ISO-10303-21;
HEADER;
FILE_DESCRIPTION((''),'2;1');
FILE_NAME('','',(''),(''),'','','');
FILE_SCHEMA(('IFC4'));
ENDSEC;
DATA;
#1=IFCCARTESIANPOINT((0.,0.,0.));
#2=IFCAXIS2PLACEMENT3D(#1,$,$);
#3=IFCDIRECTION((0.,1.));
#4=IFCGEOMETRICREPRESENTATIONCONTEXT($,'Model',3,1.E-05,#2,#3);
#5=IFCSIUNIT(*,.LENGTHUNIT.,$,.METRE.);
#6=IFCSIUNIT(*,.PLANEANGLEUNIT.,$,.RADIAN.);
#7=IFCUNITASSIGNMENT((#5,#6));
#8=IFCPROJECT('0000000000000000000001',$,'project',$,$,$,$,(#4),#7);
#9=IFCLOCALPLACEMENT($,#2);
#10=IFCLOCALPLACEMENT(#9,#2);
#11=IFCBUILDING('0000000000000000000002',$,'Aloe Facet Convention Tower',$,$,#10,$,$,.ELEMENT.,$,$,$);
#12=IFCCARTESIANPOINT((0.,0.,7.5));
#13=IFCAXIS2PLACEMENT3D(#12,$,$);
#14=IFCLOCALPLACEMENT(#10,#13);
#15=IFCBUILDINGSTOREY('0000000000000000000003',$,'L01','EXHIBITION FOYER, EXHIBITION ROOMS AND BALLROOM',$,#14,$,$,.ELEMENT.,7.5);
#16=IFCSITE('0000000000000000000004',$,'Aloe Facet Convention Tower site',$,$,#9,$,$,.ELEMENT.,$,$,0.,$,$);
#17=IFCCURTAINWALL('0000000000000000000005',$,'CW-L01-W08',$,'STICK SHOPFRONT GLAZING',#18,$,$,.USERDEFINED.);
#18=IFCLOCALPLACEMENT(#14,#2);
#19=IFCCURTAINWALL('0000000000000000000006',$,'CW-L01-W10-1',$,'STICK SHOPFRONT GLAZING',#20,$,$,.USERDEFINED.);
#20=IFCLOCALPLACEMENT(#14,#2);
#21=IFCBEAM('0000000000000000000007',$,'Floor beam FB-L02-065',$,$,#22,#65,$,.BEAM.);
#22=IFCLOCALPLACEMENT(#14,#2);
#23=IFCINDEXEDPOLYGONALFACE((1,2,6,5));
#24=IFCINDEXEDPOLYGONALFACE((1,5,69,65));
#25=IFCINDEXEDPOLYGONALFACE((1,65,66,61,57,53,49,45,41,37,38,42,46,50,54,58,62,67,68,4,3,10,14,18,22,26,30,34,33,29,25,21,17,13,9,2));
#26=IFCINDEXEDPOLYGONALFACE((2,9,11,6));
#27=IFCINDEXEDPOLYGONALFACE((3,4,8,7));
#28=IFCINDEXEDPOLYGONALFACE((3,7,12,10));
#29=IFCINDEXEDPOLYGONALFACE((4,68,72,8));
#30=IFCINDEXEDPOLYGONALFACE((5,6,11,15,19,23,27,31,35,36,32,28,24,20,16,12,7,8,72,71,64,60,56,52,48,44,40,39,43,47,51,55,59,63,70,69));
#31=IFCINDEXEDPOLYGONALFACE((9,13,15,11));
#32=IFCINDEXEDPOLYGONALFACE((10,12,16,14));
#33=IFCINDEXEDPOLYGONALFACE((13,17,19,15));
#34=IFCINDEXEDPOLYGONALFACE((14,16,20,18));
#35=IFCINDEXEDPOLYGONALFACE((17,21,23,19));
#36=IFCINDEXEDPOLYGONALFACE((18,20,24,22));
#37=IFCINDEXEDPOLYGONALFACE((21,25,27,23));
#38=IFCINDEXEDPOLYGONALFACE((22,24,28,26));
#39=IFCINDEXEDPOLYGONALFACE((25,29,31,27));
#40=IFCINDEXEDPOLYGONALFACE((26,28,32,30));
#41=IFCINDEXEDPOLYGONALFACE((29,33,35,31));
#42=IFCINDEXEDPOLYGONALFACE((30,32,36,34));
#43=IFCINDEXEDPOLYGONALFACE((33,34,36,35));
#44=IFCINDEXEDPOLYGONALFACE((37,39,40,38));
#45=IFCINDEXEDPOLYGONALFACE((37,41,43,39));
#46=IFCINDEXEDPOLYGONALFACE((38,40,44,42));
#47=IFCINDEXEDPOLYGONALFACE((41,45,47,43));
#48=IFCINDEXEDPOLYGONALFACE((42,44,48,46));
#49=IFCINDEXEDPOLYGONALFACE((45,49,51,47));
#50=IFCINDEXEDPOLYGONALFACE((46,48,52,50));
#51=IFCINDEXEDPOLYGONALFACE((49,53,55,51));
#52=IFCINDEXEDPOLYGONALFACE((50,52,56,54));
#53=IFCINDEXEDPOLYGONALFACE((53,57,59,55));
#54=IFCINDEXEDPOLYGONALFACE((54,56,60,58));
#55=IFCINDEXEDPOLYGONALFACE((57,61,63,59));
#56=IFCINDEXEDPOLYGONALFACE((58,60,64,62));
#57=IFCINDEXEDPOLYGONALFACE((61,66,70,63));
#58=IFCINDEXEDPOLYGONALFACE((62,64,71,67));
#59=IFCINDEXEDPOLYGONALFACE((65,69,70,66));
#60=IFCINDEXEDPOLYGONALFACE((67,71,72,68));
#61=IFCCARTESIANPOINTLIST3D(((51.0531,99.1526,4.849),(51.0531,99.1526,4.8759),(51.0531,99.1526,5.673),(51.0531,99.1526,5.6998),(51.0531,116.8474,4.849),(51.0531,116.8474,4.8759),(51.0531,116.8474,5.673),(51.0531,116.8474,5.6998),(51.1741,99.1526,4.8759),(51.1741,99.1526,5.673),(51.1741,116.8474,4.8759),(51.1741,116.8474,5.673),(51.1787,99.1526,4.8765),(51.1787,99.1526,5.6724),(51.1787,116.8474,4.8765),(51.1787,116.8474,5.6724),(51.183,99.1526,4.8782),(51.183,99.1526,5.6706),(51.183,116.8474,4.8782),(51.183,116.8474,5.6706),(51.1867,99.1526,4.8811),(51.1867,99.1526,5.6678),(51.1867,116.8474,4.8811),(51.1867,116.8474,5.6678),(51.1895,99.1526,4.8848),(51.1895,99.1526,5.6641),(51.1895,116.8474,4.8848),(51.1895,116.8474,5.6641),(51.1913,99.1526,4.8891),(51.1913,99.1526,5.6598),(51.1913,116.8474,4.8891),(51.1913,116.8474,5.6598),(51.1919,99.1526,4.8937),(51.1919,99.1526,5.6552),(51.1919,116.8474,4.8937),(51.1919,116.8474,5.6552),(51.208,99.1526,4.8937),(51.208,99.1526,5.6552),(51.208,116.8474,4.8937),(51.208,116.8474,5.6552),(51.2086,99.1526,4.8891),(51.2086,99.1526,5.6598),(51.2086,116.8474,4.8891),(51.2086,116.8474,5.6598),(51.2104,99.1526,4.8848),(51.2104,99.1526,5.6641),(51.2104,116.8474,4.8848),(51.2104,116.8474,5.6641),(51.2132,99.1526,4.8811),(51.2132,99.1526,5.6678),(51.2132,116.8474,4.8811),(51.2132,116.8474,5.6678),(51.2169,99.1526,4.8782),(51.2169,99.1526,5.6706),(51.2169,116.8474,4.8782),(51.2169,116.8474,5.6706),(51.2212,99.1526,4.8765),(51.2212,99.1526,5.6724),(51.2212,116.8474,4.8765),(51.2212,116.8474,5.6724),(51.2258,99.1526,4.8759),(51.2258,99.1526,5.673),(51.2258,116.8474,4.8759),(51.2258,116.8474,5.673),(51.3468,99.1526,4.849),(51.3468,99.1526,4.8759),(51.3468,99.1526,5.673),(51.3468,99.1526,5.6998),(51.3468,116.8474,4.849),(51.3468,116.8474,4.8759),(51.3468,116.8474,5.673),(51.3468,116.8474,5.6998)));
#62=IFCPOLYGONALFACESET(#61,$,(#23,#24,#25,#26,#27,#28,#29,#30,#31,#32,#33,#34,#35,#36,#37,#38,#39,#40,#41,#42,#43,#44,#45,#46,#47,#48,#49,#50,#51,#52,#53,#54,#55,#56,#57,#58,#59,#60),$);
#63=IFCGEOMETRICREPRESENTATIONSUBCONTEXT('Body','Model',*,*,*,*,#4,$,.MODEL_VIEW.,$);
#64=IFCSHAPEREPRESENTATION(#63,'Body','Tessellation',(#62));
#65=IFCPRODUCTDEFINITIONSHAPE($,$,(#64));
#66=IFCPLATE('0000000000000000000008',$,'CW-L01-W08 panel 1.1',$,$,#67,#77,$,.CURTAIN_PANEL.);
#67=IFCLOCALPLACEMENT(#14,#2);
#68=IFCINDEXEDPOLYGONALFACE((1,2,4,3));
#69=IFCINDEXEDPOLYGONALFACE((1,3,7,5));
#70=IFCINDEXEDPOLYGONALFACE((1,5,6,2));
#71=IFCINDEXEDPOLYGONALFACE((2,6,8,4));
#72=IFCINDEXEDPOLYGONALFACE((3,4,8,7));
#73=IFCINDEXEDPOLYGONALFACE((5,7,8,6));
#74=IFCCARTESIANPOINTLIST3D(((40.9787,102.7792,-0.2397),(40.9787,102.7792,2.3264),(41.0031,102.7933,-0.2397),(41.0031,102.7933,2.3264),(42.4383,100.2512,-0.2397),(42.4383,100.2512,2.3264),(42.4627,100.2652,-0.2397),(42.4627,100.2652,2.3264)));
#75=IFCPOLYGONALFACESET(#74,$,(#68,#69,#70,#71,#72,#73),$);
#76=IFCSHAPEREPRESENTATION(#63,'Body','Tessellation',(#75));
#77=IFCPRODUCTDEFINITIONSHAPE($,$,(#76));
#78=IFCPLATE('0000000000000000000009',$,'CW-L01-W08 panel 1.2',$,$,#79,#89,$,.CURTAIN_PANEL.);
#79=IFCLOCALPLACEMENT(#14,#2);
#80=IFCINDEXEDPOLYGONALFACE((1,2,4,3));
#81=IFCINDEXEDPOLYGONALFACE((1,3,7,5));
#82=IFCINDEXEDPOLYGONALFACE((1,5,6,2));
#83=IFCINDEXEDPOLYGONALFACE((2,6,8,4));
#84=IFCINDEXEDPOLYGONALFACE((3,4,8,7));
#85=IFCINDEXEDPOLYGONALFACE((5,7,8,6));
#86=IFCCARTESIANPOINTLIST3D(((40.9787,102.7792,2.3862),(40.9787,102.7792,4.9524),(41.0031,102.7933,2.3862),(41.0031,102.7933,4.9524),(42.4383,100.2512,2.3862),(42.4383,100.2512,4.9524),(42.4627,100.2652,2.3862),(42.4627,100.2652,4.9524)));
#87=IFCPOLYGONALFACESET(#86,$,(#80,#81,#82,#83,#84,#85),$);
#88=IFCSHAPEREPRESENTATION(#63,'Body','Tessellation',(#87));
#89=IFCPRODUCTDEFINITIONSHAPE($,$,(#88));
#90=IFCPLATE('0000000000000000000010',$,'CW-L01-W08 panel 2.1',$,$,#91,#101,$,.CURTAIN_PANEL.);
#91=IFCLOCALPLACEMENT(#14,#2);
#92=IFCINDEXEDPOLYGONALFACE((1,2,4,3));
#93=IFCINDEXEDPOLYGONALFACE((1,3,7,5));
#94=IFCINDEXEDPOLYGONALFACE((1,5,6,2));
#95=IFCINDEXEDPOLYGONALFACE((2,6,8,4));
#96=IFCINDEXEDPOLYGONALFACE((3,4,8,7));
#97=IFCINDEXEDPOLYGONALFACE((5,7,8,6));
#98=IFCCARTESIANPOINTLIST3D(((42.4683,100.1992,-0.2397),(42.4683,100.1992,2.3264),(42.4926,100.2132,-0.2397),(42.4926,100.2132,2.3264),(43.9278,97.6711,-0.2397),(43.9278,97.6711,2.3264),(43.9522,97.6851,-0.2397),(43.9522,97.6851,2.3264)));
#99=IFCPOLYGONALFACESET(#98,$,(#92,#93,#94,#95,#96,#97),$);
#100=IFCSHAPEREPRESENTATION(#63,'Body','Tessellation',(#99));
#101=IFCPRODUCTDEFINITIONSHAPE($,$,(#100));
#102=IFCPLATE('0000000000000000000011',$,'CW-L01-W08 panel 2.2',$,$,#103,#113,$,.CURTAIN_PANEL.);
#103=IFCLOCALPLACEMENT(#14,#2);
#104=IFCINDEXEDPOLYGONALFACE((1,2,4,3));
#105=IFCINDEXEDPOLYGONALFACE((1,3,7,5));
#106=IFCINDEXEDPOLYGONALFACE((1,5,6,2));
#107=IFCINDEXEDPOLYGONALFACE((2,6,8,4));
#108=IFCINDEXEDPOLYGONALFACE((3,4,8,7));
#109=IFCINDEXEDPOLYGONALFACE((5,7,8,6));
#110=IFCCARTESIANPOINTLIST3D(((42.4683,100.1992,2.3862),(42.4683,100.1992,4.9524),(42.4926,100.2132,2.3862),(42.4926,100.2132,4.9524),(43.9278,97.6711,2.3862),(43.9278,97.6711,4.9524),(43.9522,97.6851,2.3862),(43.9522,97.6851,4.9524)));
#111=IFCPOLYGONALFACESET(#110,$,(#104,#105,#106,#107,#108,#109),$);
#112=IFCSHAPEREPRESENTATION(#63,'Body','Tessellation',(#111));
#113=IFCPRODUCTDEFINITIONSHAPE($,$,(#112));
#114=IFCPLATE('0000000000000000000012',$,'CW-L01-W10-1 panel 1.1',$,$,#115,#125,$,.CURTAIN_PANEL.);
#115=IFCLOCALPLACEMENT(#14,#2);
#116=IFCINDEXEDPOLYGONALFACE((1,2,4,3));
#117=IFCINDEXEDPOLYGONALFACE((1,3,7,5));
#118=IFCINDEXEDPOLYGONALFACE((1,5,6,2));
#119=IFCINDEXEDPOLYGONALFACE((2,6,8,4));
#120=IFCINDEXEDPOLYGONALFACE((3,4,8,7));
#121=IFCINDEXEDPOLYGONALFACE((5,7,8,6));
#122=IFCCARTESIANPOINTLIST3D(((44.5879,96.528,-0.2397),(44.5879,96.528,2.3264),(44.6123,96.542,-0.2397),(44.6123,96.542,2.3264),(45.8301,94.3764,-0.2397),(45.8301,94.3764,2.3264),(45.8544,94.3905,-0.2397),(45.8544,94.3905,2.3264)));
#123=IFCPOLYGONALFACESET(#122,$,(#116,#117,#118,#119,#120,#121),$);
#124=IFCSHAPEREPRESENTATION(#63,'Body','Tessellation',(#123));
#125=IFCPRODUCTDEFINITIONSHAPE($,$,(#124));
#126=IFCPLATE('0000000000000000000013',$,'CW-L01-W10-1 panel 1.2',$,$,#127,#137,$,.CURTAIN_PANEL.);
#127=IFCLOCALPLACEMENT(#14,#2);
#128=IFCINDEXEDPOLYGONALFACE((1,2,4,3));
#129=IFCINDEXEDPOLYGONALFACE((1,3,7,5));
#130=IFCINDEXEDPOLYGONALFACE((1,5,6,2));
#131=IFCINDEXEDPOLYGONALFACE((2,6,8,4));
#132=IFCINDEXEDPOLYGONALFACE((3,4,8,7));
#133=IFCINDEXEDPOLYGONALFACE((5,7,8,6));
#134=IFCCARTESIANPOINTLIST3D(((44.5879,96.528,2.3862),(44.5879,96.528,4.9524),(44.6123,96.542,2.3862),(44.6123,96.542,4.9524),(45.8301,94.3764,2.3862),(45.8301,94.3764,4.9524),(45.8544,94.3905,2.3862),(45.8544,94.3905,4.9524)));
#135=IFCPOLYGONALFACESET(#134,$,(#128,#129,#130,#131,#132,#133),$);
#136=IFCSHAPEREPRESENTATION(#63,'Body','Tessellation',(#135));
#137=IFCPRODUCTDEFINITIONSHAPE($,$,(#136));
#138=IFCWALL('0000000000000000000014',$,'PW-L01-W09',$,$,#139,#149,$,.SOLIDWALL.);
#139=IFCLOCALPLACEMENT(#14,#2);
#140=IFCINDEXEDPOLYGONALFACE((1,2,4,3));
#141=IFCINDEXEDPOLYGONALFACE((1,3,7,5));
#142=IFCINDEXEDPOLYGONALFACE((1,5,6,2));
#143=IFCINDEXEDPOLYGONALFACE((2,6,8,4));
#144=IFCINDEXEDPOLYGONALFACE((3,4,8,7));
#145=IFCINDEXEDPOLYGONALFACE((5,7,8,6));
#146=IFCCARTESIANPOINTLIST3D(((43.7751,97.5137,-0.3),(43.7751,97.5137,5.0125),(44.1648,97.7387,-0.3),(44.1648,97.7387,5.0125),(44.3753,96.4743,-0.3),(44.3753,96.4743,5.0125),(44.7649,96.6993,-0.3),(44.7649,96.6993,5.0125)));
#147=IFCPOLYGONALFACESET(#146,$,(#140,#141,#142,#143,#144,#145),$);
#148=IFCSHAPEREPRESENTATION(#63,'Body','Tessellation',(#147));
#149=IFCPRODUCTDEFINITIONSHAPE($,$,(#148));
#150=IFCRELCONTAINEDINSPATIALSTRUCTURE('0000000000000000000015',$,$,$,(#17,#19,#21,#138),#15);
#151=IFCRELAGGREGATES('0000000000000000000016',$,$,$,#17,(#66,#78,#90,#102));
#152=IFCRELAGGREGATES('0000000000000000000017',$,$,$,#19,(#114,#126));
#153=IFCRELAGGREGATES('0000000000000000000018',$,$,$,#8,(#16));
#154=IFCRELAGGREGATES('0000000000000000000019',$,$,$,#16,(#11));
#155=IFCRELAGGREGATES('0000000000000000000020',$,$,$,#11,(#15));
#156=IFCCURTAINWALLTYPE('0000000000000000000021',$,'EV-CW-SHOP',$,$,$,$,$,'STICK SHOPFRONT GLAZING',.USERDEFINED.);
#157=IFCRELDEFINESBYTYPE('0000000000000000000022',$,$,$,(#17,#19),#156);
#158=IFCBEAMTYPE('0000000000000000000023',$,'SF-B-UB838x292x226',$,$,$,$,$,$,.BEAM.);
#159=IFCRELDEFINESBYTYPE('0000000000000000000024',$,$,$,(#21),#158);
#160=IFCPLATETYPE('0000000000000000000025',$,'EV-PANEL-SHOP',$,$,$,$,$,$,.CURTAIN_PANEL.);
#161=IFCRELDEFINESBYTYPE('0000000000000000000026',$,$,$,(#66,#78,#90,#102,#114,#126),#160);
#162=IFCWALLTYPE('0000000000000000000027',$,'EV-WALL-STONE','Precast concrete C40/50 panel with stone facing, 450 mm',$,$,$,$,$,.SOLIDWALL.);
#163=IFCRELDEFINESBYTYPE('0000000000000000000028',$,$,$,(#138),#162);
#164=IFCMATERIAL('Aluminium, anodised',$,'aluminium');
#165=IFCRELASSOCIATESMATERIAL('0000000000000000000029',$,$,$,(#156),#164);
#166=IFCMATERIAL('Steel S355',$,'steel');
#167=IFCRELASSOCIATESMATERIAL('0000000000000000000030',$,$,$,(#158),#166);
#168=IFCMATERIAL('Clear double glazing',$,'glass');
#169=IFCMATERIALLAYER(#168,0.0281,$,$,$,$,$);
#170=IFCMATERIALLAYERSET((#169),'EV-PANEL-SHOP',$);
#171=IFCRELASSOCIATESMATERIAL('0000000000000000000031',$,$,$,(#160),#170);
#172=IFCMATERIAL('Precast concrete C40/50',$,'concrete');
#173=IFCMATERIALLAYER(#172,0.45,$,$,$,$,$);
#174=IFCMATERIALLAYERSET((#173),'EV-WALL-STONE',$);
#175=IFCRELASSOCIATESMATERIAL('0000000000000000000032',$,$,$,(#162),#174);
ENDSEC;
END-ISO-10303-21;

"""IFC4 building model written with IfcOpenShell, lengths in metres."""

from ifc_helpers import new_model, si_unit, direction, frame, frame_2d, origin, origin_2d, place, context, subcontext, project, spatial, rectangle, i_section, extrude, material, layer, layer_set, material_profile, profile_set, type_object, element, aggregate, save


model = new_model("IFC4")

# Units and contexts
model_context = context("Model", 3, precision=1e-05, world=origin(), true_north=direction((0.0, 1.0)))
body_context = subcontext(model_context, "Body", "Model", "MODEL_VIEW")
ifc_project = project(units=[si_unit("LENGTHUNIT", "METRE"), si_unit("PLANEANGLEUNIT", "RADIAN")], contexts=[model_context])

# Site, building, storey
site_placement = place(None, origin())
site = spatial("IfcSite", under=ifc_project, at=site_placement, Name="Aloe Facet Convention Tower site", CompositionType="ELEMENT", RefElevation=0.0)
building_placement = place(site_placement, origin())
building = spatial("IfcBuilding", under=site, at=building_placement, Name="Aloe Facet Convention Tower", CompositionType="ELEMENT")
storey_placement = place(building_placement, frame((0.0, 0.0, 7.5)))
storey = spatial("IfcBuildingStorey", under=building, at=storey_placement, Name="L01", Description="EXHIBITION FOYER, EXHIBITION ROOMS AND BALLROOM", CompositionType="ELEMENT", Elevation=7.5)

# Curtain walls
ifc_material_1 = material(Name="Aluminium, anodised", Category="aluminium")
curtain_wall_type = type_object("IfcCurtainWallType", Name="EV-CW-SHOP", ElementType="STICK SHOPFRONT GLAZING", PredefinedType="USERDEFINED", material=ifc_material_1)
curtain_wall_1_placement = place(storey_placement, origin())
curtain_wall_1 = element("IfcCurtainWall", 1, at=curtain_wall_1_placement, inside=storey, type_object=curtain_wall_type, Name="CW-L01-W08", ObjectType="STICK SHOPFRONT GLAZING", PredefinedType="USERDEFINED")
curtain_wall_2_placement = place(storey_placement, origin())
curtain_wall_2 = element("IfcCurtainWall", 2, at=curtain_wall_2_placement, inside=storey, type_object=curtain_wall_type, Name="CW-L01-W10-1", ObjectType="STICK SHOPFRONT GLAZING", PredefinedType="USERDEFINED")

# Beam
ifc_material_2 = material(Name="Steel S355", Category="steel")
ifc_material_profile_1 = material_profile(ifc_material_2, i_section(OverallWidth=0.2937, OverallDepth=0.8508, WebThickness=0.0161, FlangeThickness=0.0269, FilletRadius=0.0178, at=origin_2d()), Name="UB 838x292x226")
ifc_profile_set_1 = profile_set([ifc_material_profile_1], Name="Steel S355")
beam_type_1 = type_object("IfcBeamType", Name="SF-B-UB838x292x226", PredefinedType="BEAM", material=ifc_profile_set_1)
beam_1_placement = place(storey_placement, frame((51.2, 99.1526, 5.2744), z_axis=(0.0, 1.0, 0.0), x_axis=(-1.0, 0.0, 0.0)))
element("IfcBeam", 3, at=beam_1_placement, inside=storey, type_object=beam_type_1, Name="Floor beam FB-L02-065", PredefinedType="BEAM", context=body_context, shape_type="SweptSolid", body=[
    extrude(i_section(OverallWidth=0.2937, OverallDepth=0.8508, WebThickness=0.0161, FlangeThickness=0.0269, FilletRadius=0.0178, at=origin_2d()), origin(), (0.0, 0.0, 1.0), 17.6948),
])

# Plates
ifc_material_3 = material(Name="Clear double glazing", Category="glass")
ifc_layer_1 = layer(ifc_material_3, 0.0281)
ifc_layer_set_1 = layer_set([ifc_layer_1], Name="EV-PANEL-SHOP")
plate_type = type_object("IfcPlateType", Name="EV-PANEL-SHOP", PredefinedType="CURTAIN_PANEL", material=ifc_layer_set_1)
plate_1_placement = place(storey_placement, frame((41.7207, 101.5222, -0.2397), z_axis=(0.0, 0.0, 1.0), x_axis=(0.5, -0.866025, 0.0)))
plate_1 = element("IfcPlate", 4, at=plate_1_placement, type_object=plate_type, Name="CW-L01-W08 panel 1.1", PredefinedType="CURTAIN_PANEL", context=body_context, shape_type="SweptSolid", body=[
    extrude(rectangle(XDim=2.9192, YDim=0.0281, at=origin_2d()), origin(), (0.0, 0.0, 1.0), 2.5662),
])
plate_2_placement = place(storey_placement, frame((41.7207, 101.5222, 2.3862), z_axis=(0.0, 0.0, 1.0), x_axis=(0.5, -0.866025, 0.0)))
plate_2 = element("IfcPlate", 5, at=plate_2_placement, type_object=plate_type, Name="CW-L01-W08 panel 1.2", PredefinedType="CURTAIN_PANEL", context=body_context, shape_type="SweptSolid", body=[
    extrude(rectangle(XDim=2.9192, YDim=0.0281, at=origin_2d()), origin(), (0.0, 0.0, 1.0), 2.5662),
])
plate_3_placement = place(storey_placement, frame((43.2102, 98.9421, -0.2397), z_axis=(0.0, 0.0, 1.0), x_axis=(0.5, -0.866025, 0.0)))
plate_3 = element("IfcPlate", 6, at=plate_3_placement, type_object=plate_type, Name="CW-L01-W08 panel 2.1", PredefinedType="CURTAIN_PANEL", context=body_context, shape_type="SweptSolid", body=[
    extrude(rectangle(XDim=2.9192, YDim=0.0281, at=origin_2d()), origin(), (0.0, 0.0, 1.0), 2.5662),
])
plate_4_placement = place(storey_placement, frame((43.2102, 98.9421, 2.3862), z_axis=(0.0, 0.0, 1.0), x_axis=(0.5, -0.866025, 0.0)))
plate_4 = element("IfcPlate", 7, at=plate_4_placement, type_object=plate_type, Name="CW-L01-W08 panel 2.2", PredefinedType="CURTAIN_PANEL", context=body_context, shape_type="SweptSolid", body=[
    extrude(rectangle(XDim=2.9192, YDim=0.0281, at=origin_2d()), origin(), (0.0, 0.0, 1.0), 2.5662),
])
aggregate(curtain_wall_1, [plate_1, plate_2, plate_3, plate_4])
plate_5_placement = place(storey_placement, frame((45.2212, 95.4592, -0.2397), z_axis=(0.0, 0.0, 1.0), x_axis=(0.5, -0.866025, 0.0)))
plate_5 = element("IfcPlate", 8, at=plate_5_placement, type_object=plate_type, Name="CW-L01-W10-1 panel 1.1", PredefinedType="CURTAIN_PANEL", context=body_context, shape_type="SweptSolid", body=[
    extrude(rectangle(XDim=2.4844, YDim=0.0281, at=origin_2d()), origin(), (0.0, 0.0, 1.0), 2.5662),
])
plate_6_placement = place(storey_placement, frame((45.2212, 95.4592, 2.3862), z_axis=(0.0, 0.0, 1.0), x_axis=(0.5, -0.866025, 0.0)))
plate_6 = element("IfcPlate", 9, at=plate_6_placement, type_object=plate_type, Name="CW-L01-W10-1 panel 1.2", PredefinedType="CURTAIN_PANEL", context=body_context, shape_type="SweptSolid", body=[
    extrude(rectangle(XDim=2.4844, YDim=0.0281, at=origin_2d()), origin(), (0.0, 0.0, 1.0), 2.5662),
])
aggregate(curtain_wall_2, [plate_5, plate_6])

# Wall
ifc_material_4 = material(Name="Precast concrete C40/50", Category="concrete")
ifc_layer_2 = layer(ifc_material_4, 0.45)
ifc_layer_set_2 = layer_set([ifc_layer_2], Name="EV-WALL-STONE")
wall_type = type_object("IfcWallType", Name="EV-WALL-STONE", Description="Precast concrete C40/50 panel with stone facing, 450 mm", PredefinedType="SOLIDWALL", material=ifc_layer_set_2)
wall_placement = place(storey_placement, frame((43.97, 97.6262, -0.3), z_axis=(0.0, 0.0, 1.0), x_axis=(0.500034, -0.866006, 0.0)))
element("IfcWall", 10, at=wall_placement, inside=storey, type_object=wall_type, Name="PW-L01-W09", PredefinedType="SOLIDWALL", context=body_context, shape_type="SweptSolid", body=[
    extrude(rectangle(XDim=1.2002, YDim=0.45, at=frame_2d((0.6001, 0.0))), origin(), (0.0, 0.0, 1.0), 5.3125),
])

save(model, "model.ifc")
